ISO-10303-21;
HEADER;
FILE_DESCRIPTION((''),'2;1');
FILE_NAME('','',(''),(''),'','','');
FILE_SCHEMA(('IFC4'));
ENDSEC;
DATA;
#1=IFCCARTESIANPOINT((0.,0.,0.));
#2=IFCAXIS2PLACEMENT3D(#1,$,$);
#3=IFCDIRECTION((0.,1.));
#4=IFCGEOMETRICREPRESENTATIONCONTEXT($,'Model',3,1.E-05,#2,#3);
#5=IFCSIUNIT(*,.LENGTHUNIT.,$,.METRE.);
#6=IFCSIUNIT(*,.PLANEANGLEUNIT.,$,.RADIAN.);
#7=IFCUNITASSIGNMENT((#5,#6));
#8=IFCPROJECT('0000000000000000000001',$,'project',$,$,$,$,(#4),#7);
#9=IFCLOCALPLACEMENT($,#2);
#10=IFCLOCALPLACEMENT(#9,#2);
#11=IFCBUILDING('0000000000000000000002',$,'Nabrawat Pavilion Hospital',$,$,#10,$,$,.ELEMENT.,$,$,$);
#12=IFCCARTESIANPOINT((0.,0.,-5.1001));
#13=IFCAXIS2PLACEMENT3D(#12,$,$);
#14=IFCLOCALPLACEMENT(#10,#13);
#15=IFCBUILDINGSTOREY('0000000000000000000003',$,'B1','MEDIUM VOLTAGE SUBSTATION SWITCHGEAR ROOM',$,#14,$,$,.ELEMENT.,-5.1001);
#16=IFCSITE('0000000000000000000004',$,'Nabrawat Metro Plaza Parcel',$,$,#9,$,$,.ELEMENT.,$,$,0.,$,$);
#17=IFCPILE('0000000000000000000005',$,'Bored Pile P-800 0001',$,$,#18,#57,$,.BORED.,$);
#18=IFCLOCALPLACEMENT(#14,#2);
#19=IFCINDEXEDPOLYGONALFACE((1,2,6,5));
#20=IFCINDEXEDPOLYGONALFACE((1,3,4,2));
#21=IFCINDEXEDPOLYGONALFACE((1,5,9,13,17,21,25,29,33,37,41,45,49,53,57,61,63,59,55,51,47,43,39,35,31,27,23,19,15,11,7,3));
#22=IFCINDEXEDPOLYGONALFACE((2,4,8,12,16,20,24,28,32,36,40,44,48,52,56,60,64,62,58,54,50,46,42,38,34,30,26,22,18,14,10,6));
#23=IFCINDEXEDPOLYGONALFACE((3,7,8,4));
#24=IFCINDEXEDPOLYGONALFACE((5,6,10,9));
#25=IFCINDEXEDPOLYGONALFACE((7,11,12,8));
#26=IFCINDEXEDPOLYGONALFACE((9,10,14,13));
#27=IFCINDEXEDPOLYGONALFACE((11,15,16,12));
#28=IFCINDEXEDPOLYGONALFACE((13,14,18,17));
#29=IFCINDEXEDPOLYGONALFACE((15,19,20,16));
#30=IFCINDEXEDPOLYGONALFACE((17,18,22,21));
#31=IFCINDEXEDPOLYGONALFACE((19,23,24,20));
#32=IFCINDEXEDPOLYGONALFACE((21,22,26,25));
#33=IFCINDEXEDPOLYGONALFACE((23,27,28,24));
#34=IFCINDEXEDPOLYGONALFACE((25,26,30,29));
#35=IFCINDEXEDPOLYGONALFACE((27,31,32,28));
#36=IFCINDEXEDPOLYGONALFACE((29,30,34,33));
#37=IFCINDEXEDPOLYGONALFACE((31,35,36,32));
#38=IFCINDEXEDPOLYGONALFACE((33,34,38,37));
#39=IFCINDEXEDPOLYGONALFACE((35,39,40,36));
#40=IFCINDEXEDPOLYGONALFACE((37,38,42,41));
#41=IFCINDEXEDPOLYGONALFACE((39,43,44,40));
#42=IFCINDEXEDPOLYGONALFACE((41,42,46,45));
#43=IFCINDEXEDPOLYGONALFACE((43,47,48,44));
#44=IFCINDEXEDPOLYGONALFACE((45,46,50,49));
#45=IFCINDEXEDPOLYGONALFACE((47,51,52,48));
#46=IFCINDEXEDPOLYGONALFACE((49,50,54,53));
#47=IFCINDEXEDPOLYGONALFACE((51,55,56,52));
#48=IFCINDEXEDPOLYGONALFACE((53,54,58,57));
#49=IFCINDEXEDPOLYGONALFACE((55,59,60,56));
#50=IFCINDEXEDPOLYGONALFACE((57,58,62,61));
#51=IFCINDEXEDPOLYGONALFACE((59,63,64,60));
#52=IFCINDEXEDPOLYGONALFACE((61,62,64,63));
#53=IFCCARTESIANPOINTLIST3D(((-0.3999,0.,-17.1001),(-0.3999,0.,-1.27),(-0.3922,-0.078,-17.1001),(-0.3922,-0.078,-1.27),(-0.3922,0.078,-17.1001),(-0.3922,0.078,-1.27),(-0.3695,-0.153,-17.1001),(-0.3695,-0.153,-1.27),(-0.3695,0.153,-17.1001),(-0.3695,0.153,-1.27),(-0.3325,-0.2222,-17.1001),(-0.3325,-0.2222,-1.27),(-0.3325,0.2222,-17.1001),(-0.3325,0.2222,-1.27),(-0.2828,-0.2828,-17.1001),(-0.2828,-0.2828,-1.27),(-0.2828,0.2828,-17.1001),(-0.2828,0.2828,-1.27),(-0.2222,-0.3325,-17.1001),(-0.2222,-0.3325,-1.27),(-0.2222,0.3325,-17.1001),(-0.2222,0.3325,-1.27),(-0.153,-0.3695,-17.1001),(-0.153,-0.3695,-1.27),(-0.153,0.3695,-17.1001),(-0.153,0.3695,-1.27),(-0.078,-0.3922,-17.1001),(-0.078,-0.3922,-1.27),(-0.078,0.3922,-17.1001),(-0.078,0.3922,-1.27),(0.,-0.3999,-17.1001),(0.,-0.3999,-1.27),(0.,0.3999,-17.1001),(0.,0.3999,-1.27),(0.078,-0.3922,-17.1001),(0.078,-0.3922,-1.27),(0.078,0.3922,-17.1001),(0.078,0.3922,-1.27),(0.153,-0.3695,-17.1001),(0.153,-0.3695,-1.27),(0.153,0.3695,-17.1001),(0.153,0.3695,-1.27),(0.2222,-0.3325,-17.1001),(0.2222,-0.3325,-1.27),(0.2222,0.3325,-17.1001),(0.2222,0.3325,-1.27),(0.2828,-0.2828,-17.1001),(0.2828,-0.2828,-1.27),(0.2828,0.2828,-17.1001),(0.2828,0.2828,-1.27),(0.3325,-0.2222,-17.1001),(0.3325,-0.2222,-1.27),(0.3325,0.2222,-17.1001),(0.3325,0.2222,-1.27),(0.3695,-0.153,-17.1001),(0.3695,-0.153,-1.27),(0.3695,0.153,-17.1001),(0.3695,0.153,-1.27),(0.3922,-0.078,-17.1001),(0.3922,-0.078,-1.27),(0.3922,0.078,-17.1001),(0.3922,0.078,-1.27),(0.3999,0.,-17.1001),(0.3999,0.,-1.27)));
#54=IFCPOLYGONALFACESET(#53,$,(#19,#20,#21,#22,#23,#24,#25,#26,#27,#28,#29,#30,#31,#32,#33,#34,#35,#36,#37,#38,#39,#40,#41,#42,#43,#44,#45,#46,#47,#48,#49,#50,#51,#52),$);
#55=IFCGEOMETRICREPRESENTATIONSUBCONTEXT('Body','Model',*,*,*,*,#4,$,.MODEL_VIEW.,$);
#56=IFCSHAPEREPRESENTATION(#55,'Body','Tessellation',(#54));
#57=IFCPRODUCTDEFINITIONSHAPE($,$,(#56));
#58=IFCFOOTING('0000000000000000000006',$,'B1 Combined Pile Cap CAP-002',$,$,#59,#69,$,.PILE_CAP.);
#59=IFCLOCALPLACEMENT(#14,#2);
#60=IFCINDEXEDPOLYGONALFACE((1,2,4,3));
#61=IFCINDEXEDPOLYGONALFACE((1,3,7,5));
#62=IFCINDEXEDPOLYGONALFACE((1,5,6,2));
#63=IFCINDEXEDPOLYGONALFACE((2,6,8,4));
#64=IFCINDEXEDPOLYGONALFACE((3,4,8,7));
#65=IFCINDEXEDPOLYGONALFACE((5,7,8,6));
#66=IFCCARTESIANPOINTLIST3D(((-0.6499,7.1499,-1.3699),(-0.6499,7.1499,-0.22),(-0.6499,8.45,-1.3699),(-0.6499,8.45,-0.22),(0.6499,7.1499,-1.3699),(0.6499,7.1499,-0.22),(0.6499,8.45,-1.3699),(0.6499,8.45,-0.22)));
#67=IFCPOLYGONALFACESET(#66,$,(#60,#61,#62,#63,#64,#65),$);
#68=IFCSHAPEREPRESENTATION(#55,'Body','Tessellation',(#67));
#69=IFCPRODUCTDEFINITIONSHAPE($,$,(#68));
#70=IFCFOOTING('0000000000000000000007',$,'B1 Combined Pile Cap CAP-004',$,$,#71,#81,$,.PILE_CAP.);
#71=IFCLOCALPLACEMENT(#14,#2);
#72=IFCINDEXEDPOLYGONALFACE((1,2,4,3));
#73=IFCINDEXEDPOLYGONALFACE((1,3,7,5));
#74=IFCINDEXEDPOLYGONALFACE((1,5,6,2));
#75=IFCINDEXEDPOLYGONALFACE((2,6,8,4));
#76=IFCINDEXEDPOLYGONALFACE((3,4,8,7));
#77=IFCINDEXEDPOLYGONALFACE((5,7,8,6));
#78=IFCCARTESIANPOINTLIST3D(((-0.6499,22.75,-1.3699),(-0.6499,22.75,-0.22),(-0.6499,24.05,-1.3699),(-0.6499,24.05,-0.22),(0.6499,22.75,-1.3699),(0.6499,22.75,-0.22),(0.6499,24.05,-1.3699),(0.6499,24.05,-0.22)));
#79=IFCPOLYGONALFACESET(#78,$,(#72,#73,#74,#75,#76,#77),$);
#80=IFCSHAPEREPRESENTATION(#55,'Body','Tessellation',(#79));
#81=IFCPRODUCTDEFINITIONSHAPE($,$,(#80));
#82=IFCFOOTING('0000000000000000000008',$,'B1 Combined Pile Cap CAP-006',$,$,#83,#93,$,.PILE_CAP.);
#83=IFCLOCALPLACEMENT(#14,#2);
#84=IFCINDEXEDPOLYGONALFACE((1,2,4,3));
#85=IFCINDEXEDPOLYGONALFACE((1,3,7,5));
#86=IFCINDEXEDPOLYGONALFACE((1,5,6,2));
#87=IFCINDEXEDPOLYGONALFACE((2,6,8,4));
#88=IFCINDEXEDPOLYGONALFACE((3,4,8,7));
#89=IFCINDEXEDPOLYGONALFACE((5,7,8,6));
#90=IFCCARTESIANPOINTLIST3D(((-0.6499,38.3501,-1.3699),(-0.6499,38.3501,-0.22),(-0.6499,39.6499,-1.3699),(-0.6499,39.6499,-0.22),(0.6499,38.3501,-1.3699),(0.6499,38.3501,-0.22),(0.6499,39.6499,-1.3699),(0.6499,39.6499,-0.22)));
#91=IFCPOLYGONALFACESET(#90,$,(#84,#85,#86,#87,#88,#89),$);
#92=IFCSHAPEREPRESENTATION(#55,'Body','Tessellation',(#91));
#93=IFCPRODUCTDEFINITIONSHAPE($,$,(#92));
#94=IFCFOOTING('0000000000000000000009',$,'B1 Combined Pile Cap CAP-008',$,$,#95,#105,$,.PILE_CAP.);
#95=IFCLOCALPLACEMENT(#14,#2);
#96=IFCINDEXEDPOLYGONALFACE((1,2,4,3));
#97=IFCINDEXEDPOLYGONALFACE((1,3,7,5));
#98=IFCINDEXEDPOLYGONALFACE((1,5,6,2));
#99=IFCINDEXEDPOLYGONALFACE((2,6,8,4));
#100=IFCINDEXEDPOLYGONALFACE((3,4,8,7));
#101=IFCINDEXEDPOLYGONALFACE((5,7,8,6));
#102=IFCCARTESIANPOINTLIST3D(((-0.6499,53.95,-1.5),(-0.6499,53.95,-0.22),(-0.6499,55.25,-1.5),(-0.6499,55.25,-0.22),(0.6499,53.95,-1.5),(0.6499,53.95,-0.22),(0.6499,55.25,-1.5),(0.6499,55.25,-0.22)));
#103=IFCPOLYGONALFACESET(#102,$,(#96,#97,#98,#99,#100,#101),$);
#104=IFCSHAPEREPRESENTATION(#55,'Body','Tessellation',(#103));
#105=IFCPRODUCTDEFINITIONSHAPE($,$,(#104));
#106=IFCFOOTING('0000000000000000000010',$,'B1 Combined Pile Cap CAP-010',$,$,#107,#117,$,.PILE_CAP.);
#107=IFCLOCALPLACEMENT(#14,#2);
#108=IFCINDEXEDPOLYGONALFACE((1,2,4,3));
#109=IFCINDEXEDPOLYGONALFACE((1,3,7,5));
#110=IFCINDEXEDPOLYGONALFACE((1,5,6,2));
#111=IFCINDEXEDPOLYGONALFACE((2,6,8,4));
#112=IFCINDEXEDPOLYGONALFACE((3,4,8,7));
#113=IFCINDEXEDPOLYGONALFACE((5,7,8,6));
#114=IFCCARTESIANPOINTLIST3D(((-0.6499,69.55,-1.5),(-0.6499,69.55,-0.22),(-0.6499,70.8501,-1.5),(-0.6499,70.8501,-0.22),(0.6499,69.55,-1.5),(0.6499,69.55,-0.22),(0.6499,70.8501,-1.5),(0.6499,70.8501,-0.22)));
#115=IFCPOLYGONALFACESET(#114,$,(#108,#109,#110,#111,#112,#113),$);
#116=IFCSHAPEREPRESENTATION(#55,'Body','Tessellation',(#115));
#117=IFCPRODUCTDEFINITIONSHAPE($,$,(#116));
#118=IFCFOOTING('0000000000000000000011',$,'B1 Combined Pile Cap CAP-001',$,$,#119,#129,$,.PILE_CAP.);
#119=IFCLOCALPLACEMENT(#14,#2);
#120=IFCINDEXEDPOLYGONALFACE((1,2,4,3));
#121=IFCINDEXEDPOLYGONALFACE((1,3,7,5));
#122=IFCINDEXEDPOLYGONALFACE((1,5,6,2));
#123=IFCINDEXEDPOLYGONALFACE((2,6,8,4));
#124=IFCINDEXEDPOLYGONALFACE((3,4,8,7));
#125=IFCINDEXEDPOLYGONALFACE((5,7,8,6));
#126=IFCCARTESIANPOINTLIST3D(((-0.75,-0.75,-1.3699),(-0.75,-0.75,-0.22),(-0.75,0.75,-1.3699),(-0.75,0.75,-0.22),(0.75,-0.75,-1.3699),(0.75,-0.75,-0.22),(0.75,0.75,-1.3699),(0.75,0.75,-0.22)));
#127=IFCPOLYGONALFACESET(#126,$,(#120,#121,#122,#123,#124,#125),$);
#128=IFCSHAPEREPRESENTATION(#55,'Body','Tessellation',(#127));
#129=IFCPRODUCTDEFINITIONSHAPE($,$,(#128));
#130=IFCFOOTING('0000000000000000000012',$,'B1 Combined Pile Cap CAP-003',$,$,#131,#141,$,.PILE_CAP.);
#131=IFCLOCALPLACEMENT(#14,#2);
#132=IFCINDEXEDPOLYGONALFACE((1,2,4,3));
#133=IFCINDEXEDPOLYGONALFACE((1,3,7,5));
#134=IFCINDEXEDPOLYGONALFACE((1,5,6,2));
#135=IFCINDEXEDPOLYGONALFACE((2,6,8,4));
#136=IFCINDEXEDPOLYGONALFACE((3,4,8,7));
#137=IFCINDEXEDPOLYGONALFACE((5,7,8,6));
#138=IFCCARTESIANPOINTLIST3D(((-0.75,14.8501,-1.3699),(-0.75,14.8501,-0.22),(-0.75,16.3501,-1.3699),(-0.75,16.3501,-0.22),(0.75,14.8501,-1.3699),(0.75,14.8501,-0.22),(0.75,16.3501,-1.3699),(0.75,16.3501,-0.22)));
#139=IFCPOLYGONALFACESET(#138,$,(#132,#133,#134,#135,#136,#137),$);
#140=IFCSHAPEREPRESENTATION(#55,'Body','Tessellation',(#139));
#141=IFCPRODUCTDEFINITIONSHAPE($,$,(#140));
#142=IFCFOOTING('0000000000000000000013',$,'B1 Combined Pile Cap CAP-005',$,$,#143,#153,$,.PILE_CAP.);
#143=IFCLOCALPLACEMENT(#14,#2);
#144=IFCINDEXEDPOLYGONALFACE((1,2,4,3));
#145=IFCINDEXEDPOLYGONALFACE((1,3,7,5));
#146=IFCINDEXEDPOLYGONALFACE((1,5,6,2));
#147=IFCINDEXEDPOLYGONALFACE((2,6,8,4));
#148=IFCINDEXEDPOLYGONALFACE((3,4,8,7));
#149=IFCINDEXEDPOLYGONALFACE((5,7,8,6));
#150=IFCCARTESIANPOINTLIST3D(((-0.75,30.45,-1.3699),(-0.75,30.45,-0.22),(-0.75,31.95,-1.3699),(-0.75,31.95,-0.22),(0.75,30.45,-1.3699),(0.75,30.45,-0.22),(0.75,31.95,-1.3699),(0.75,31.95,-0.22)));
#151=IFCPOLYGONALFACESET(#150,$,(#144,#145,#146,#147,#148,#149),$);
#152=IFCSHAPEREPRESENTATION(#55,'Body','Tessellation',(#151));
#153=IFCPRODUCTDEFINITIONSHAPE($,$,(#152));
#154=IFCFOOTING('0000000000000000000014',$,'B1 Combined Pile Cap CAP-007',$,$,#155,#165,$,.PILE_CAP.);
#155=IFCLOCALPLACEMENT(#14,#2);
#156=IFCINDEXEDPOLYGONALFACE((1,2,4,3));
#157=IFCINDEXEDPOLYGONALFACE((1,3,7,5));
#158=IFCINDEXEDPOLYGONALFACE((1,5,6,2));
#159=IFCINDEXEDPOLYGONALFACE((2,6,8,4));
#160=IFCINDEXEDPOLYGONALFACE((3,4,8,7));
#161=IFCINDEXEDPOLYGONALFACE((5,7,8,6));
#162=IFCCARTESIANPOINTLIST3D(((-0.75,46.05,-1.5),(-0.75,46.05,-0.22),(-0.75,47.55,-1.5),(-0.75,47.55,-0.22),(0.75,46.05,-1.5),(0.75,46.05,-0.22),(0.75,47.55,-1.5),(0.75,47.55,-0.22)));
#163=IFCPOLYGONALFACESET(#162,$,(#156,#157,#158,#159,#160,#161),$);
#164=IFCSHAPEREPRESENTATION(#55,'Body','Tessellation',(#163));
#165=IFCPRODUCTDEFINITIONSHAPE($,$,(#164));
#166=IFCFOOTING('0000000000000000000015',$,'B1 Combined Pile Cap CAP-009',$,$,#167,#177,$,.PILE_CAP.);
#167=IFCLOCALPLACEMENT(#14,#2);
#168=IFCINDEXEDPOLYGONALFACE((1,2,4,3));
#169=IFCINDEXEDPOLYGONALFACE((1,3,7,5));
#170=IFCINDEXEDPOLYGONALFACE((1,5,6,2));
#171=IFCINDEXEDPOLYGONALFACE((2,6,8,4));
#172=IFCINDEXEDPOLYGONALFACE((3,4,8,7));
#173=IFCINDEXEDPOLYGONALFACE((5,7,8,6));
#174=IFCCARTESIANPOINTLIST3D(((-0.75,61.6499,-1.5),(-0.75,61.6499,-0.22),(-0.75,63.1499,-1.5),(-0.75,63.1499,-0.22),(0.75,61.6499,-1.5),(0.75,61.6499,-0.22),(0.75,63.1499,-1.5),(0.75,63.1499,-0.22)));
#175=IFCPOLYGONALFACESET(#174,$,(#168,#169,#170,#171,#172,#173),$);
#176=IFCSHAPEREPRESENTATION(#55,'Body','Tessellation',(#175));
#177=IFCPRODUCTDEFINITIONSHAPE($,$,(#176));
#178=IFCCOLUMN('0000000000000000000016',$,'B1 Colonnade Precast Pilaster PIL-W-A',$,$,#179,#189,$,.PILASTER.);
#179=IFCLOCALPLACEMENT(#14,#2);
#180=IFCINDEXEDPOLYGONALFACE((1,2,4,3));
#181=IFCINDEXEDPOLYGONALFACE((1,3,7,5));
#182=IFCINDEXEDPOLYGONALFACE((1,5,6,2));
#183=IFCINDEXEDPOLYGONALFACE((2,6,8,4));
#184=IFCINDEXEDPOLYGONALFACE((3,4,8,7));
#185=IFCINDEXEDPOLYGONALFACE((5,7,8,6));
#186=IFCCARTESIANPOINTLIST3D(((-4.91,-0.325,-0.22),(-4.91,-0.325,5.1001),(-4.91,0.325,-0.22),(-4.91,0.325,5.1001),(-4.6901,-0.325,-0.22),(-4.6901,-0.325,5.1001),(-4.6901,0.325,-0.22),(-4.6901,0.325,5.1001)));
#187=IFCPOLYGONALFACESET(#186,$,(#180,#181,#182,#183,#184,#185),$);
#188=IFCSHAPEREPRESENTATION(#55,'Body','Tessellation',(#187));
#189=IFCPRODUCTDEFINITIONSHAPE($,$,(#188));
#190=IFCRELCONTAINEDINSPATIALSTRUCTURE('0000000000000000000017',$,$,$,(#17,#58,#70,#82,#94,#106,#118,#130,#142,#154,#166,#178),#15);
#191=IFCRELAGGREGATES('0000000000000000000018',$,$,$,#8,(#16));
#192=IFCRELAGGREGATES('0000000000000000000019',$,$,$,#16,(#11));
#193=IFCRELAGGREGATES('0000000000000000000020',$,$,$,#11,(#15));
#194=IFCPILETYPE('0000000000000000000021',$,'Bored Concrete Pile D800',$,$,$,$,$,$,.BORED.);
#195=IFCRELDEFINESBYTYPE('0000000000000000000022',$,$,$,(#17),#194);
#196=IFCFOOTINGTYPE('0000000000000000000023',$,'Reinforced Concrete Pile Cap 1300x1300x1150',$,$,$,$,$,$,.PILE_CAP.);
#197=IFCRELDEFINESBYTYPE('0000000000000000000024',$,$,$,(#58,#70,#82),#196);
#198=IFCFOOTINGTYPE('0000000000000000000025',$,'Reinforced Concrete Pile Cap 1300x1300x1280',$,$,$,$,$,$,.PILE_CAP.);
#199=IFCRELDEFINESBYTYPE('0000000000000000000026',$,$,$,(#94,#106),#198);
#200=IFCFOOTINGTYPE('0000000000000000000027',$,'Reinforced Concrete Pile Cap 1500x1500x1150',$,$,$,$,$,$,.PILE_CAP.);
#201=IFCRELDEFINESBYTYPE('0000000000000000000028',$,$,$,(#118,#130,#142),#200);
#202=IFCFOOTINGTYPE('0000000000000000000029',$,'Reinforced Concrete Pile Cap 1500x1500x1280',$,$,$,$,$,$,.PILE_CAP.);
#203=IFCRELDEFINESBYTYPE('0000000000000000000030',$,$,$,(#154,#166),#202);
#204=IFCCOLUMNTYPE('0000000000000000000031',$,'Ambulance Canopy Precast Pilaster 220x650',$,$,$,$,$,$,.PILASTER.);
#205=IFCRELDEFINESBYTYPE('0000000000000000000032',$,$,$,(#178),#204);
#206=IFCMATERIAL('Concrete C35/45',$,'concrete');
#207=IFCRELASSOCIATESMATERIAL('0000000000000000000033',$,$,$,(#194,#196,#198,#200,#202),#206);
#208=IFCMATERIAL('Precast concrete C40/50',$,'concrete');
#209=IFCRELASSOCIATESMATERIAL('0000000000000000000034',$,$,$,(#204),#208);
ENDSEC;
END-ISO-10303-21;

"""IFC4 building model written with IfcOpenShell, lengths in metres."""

from ifc_helpers import new_model, si_unit, direction, frame, origin, origin_2d, place, context, subcontext, project, spatial, polyline, rectangle, circle, outline, extrude, material, material_profile, profile_set, type_object, element, save


model = new_model("IFC4")

# Units and contexts
model_context = context("Model", 3, precision=1e-05, world=origin(), true_north=direction((0.0, 1.0)))
body_context = subcontext(model_context, "Body", "Model", "MODEL_VIEW")
ifc_project = project(units=[si_unit("LENGTHUNIT", "METRE"), si_unit("PLANEANGLEUNIT", "RADIAN")], contexts=[model_context])

# Site, building, storey
site_placement = place(None, origin())
site = spatial("IfcSite", under=ifc_project, at=site_placement, Name="Nabrawat Metro Plaza Parcel", CompositionType="ELEMENT", RefElevation=0.0)
building_placement = place(site_placement, origin())
building = spatial("IfcBuilding", under=site, at=building_placement, Name="Nabrawat Pavilion Hospital", CompositionType="ELEMENT")
storey_placement = place(building_placement, frame((0.0, 0.0, -5.1001)))
storey = spatial("IfcBuildingStorey", under=building, at=storey_placement, Name="B1", Description="MEDIUM VOLTAGE SUBSTATION SWITCHGEAR ROOM", CompositionType="ELEMENT", Elevation=-5.1001)

# Pile
ifc_material_1 = material(Name="Concrete C35/45", Category="concrete")
ifc_material_profile_1 = material_profile(ifc_material_1, circle(Radius=0.3999, at=origin_2d()), Name="DIA 800")
ifc_profile_set_1 = profile_set([ifc_material_profile_1], Name="Concrete C35/45")
pile_type = type_object("IfcPileType", Name="Bored Concrete Pile D800", PredefinedType="BORED", material=ifc_profile_set_1)
pile_placement = place(storey_placement, frame((0.0, 0.0, -1.27), z_axis=(0.0, 0.0, -1.0), x_axis=(1.0, 0.0, 0.0)))
element("IfcPile", 1, at=pile_placement, inside=storey, type_object=pile_type, Name="Bored Pile P-800 0001", PredefinedType="BORED", context=body_context, shape_type="SweptSolid", body=[
    extrude(circle(Radius=0.3999, at=origin_2d()), origin(), (0.0, 0.0, 1.0), 15.8301),
])

# Footings
footing_type_1 = type_object("IfcFootingType", Name="Reinforced Concrete Pile Cap 1300x1300x1150", PredefinedType="PILE_CAP", material=ifc_material_1)
footing_1_placement = place(storey_placement, frame((0.0, 0.0, -1.3699)))
element("IfcFooting", 2, at=footing_1_placement, inside=storey, type_object=footing_type_1, Name="B1 Combined Pile Cap CAP-002", PredefinedType="PILE_CAP", context=body_context, shape_type="SweptSolid", body=[
    extrude(outline(polyline([(0.6499, 7.1499), (0.6499, 8.45), (-0.6499, 8.45), (-0.6499, 7.1499), (0.6499, 7.1499)])), origin(), (0.0, 0.0, 1.0), 1.1499),
])
footing_2_placement = place(storey_placement, frame((0.0, 0.0, -1.3699)))
element("IfcFooting", 3, at=footing_2_placement, inside=storey, type_object=footing_type_1, Name="B1 Combined Pile Cap CAP-004", PredefinedType="PILE_CAP", context=body_context, shape_type="SweptSolid", body=[
    extrude(outline(polyline([(0.6499, 22.75), (0.6499, 24.05), (-0.6499, 24.05), (-0.6499, 22.75), (0.6499, 22.75)])), origin(), (0.0, 0.0, 1.0), 1.1499),
])
footing_3_placement = place(storey_placement, frame((0.0, 0.0, -1.3699)))
element("IfcFooting", 4, at=footing_3_placement, inside=storey, type_object=footing_type_1, Name="B1 Combined Pile Cap CAP-006", PredefinedType="PILE_CAP", context=body_context, shape_type="SweptSolid", body=[
    extrude(outline(polyline([(0.6499, 38.3501), (0.6499, 39.6499), (-0.6499, 39.6499), (-0.6499, 38.3501), (0.6499, 38.3501)])), origin(), (0.0, 0.0, 1.0), 1.1499),
])
footing_type_2 = type_object("IfcFootingType", Name="Reinforced Concrete Pile Cap 1300x1300x1280", PredefinedType="PILE_CAP", material=ifc_material_1)
footing_4_placement = place(storey_placement, frame((0.0, 0.0, -1.5)))
element("IfcFooting", 5, at=footing_4_placement, inside=storey, type_object=footing_type_2, Name="B1 Combined Pile Cap CAP-008", PredefinedType="PILE_CAP", context=body_context, shape_type="SweptSolid", body=[
    extrude(outline(polyline([(0.6499, 53.95), (0.6499, 55.25), (-0.6499, 55.25), (-0.6499, 53.95), (0.6499, 53.95)])), origin(), (0.0, 0.0, 1.0), 1.28),
])
footing_5_placement = place(storey_placement, frame((0.0, 0.0, -1.5)))
element("IfcFooting", 6, at=footing_5_placement, inside=storey, type_object=footing_type_2, Name="B1 Combined Pile Cap CAP-010", PredefinedType="PILE_CAP", context=body_context, shape_type="SweptSolid", body=[
    extrude(outline(polyline([(0.6499, 69.55), (0.6499, 70.8501), (-0.6499, 70.8501), (-0.6499, 69.55), (0.6499, 69.55)])), origin(), (0.0, 0.0, 1.0), 1.28),
])
footing_type_3 = type_object("IfcFootingType", Name="Reinforced Concrete Pile Cap 1500x1500x1150", PredefinedType="PILE_CAP", material=ifc_material_1)
footing_6_placement = place(storey_placement, frame((0.0, 0.0, -1.3699)))
element("IfcFooting", 7, at=footing_6_placement, inside=storey, type_object=footing_type_3, Name="B1 Combined Pile Cap CAP-001", PredefinedType="PILE_CAP", context=body_context, shape_type="SweptSolid", body=[
    extrude(outline(polyline([(0.75, -0.75), (0.75, 0.75), (-0.75, 0.75), (-0.75, -0.75), (0.75, -0.75)])), origin(), (0.0, 0.0, 1.0), 1.1499),
])
footing_7_placement = place(storey_placement, frame((0.0, 0.0, -1.3699)))
element("IfcFooting", 8, at=footing_7_placement, inside=storey, type_object=footing_type_3, Name="B1 Combined Pile Cap CAP-003", PredefinedType="PILE_CAP", context=body_context, shape_type="SweptSolid", body=[
    extrude(outline(polyline([(0.75, 14.8501), (0.75, 16.3501), (-0.75, 16.3501), (-0.75, 14.8501), (0.75, 14.8501)])), origin(), (0.0, 0.0, 1.0), 1.1499),
])
footing_8_placement = place(storey_placement, frame((0.0, 0.0, -1.3699)))
element("IfcFooting", 9, at=footing_8_placement, inside=storey, type_object=footing_type_3, Name="B1 Combined Pile Cap CAP-005", PredefinedType="PILE_CAP", context=body_context, shape_type="SweptSolid", body=[
    extrude(outline(polyline([(0.75, 30.45), (0.75, 31.95), (-0.75, 31.95), (-0.75, 30.45), (0.75, 30.45)])), origin(), (0.0, 0.0, 1.0), 1.1499),
])
footing_type_4 = type_object("IfcFootingType", Name="Reinforced Concrete Pile Cap 1500x1500x1280", PredefinedType="PILE_CAP", material=ifc_material_1)
footing_9_placement = place(storey_placement, frame((0.0, 0.0, -1.5)))
element("IfcFooting", 10, at=footing_9_placement, inside=storey, type_object=footing_type_4, Name="B1 Combined Pile Cap CAP-007", PredefinedType="PILE_CAP", context=body_context, shape_type="SweptSolid", body=[
    extrude(outline(polyline([(0.75, 46.05), (0.75, 47.55), (-0.75, 47.55), (-0.75, 46.05), (0.75, 46.05)])), origin(), (0.0, 0.0, 1.0), 1.28),
])
footing_10_placement = place(storey_placement, frame((0.0, 0.0, -1.5)))
element("IfcFooting", 11, at=footing_10_placement, inside=storey, type_object=footing_type_4, Name="B1 Combined Pile Cap CAP-009", PredefinedType="PILE_CAP", context=body_context, shape_type="SweptSolid", body=[
    extrude(outline(polyline([(0.75, 61.6499), (0.75, 63.1499), (-0.75, 63.1499), (-0.75, 61.6499), (0.75, 61.6499)])), origin(), (0.0, 0.0, 1.0), 1.28),
])

# Column
ifc_material_2 = material(Name="Precast concrete C40/50", Category="concrete")
ifc_material_profile_2 = material_profile(ifc_material_2, rectangle(XDim=0.22, YDim=0.6499, at=origin_2d()), Name="PC 220x650")
ifc_profile_set_2 = profile_set([ifc_material_profile_2], Name="Precast concrete C40/50")
column_type_1 = type_object("IfcColumnType", Name="Ambulance Canopy Precast Pilaster 220x650", PredefinedType="PILASTER", material=ifc_profile_set_2)
column_1_placement = place(storey_placement, frame((-4.8, 0.0, -0.22), z_axis=(0.0, 0.0, 1.0), x_axis=(1.0, 0.0, 0.0)))
element("IfcColumn", 12, at=column_1_placement, inside=storey, type_object=column_type_1, Name="B1 Colonnade Precast Pilaster PIL-W-A", PredefinedType="PILASTER", context=body_context, shape_type="SweptSolid", body=[
    extrude(rectangle(XDim=0.22, YDim=0.6499, at=origin_2d()), origin(), (0.0, 0.0, 1.0), 5.3201),
])

save(model, "model.ifc")
